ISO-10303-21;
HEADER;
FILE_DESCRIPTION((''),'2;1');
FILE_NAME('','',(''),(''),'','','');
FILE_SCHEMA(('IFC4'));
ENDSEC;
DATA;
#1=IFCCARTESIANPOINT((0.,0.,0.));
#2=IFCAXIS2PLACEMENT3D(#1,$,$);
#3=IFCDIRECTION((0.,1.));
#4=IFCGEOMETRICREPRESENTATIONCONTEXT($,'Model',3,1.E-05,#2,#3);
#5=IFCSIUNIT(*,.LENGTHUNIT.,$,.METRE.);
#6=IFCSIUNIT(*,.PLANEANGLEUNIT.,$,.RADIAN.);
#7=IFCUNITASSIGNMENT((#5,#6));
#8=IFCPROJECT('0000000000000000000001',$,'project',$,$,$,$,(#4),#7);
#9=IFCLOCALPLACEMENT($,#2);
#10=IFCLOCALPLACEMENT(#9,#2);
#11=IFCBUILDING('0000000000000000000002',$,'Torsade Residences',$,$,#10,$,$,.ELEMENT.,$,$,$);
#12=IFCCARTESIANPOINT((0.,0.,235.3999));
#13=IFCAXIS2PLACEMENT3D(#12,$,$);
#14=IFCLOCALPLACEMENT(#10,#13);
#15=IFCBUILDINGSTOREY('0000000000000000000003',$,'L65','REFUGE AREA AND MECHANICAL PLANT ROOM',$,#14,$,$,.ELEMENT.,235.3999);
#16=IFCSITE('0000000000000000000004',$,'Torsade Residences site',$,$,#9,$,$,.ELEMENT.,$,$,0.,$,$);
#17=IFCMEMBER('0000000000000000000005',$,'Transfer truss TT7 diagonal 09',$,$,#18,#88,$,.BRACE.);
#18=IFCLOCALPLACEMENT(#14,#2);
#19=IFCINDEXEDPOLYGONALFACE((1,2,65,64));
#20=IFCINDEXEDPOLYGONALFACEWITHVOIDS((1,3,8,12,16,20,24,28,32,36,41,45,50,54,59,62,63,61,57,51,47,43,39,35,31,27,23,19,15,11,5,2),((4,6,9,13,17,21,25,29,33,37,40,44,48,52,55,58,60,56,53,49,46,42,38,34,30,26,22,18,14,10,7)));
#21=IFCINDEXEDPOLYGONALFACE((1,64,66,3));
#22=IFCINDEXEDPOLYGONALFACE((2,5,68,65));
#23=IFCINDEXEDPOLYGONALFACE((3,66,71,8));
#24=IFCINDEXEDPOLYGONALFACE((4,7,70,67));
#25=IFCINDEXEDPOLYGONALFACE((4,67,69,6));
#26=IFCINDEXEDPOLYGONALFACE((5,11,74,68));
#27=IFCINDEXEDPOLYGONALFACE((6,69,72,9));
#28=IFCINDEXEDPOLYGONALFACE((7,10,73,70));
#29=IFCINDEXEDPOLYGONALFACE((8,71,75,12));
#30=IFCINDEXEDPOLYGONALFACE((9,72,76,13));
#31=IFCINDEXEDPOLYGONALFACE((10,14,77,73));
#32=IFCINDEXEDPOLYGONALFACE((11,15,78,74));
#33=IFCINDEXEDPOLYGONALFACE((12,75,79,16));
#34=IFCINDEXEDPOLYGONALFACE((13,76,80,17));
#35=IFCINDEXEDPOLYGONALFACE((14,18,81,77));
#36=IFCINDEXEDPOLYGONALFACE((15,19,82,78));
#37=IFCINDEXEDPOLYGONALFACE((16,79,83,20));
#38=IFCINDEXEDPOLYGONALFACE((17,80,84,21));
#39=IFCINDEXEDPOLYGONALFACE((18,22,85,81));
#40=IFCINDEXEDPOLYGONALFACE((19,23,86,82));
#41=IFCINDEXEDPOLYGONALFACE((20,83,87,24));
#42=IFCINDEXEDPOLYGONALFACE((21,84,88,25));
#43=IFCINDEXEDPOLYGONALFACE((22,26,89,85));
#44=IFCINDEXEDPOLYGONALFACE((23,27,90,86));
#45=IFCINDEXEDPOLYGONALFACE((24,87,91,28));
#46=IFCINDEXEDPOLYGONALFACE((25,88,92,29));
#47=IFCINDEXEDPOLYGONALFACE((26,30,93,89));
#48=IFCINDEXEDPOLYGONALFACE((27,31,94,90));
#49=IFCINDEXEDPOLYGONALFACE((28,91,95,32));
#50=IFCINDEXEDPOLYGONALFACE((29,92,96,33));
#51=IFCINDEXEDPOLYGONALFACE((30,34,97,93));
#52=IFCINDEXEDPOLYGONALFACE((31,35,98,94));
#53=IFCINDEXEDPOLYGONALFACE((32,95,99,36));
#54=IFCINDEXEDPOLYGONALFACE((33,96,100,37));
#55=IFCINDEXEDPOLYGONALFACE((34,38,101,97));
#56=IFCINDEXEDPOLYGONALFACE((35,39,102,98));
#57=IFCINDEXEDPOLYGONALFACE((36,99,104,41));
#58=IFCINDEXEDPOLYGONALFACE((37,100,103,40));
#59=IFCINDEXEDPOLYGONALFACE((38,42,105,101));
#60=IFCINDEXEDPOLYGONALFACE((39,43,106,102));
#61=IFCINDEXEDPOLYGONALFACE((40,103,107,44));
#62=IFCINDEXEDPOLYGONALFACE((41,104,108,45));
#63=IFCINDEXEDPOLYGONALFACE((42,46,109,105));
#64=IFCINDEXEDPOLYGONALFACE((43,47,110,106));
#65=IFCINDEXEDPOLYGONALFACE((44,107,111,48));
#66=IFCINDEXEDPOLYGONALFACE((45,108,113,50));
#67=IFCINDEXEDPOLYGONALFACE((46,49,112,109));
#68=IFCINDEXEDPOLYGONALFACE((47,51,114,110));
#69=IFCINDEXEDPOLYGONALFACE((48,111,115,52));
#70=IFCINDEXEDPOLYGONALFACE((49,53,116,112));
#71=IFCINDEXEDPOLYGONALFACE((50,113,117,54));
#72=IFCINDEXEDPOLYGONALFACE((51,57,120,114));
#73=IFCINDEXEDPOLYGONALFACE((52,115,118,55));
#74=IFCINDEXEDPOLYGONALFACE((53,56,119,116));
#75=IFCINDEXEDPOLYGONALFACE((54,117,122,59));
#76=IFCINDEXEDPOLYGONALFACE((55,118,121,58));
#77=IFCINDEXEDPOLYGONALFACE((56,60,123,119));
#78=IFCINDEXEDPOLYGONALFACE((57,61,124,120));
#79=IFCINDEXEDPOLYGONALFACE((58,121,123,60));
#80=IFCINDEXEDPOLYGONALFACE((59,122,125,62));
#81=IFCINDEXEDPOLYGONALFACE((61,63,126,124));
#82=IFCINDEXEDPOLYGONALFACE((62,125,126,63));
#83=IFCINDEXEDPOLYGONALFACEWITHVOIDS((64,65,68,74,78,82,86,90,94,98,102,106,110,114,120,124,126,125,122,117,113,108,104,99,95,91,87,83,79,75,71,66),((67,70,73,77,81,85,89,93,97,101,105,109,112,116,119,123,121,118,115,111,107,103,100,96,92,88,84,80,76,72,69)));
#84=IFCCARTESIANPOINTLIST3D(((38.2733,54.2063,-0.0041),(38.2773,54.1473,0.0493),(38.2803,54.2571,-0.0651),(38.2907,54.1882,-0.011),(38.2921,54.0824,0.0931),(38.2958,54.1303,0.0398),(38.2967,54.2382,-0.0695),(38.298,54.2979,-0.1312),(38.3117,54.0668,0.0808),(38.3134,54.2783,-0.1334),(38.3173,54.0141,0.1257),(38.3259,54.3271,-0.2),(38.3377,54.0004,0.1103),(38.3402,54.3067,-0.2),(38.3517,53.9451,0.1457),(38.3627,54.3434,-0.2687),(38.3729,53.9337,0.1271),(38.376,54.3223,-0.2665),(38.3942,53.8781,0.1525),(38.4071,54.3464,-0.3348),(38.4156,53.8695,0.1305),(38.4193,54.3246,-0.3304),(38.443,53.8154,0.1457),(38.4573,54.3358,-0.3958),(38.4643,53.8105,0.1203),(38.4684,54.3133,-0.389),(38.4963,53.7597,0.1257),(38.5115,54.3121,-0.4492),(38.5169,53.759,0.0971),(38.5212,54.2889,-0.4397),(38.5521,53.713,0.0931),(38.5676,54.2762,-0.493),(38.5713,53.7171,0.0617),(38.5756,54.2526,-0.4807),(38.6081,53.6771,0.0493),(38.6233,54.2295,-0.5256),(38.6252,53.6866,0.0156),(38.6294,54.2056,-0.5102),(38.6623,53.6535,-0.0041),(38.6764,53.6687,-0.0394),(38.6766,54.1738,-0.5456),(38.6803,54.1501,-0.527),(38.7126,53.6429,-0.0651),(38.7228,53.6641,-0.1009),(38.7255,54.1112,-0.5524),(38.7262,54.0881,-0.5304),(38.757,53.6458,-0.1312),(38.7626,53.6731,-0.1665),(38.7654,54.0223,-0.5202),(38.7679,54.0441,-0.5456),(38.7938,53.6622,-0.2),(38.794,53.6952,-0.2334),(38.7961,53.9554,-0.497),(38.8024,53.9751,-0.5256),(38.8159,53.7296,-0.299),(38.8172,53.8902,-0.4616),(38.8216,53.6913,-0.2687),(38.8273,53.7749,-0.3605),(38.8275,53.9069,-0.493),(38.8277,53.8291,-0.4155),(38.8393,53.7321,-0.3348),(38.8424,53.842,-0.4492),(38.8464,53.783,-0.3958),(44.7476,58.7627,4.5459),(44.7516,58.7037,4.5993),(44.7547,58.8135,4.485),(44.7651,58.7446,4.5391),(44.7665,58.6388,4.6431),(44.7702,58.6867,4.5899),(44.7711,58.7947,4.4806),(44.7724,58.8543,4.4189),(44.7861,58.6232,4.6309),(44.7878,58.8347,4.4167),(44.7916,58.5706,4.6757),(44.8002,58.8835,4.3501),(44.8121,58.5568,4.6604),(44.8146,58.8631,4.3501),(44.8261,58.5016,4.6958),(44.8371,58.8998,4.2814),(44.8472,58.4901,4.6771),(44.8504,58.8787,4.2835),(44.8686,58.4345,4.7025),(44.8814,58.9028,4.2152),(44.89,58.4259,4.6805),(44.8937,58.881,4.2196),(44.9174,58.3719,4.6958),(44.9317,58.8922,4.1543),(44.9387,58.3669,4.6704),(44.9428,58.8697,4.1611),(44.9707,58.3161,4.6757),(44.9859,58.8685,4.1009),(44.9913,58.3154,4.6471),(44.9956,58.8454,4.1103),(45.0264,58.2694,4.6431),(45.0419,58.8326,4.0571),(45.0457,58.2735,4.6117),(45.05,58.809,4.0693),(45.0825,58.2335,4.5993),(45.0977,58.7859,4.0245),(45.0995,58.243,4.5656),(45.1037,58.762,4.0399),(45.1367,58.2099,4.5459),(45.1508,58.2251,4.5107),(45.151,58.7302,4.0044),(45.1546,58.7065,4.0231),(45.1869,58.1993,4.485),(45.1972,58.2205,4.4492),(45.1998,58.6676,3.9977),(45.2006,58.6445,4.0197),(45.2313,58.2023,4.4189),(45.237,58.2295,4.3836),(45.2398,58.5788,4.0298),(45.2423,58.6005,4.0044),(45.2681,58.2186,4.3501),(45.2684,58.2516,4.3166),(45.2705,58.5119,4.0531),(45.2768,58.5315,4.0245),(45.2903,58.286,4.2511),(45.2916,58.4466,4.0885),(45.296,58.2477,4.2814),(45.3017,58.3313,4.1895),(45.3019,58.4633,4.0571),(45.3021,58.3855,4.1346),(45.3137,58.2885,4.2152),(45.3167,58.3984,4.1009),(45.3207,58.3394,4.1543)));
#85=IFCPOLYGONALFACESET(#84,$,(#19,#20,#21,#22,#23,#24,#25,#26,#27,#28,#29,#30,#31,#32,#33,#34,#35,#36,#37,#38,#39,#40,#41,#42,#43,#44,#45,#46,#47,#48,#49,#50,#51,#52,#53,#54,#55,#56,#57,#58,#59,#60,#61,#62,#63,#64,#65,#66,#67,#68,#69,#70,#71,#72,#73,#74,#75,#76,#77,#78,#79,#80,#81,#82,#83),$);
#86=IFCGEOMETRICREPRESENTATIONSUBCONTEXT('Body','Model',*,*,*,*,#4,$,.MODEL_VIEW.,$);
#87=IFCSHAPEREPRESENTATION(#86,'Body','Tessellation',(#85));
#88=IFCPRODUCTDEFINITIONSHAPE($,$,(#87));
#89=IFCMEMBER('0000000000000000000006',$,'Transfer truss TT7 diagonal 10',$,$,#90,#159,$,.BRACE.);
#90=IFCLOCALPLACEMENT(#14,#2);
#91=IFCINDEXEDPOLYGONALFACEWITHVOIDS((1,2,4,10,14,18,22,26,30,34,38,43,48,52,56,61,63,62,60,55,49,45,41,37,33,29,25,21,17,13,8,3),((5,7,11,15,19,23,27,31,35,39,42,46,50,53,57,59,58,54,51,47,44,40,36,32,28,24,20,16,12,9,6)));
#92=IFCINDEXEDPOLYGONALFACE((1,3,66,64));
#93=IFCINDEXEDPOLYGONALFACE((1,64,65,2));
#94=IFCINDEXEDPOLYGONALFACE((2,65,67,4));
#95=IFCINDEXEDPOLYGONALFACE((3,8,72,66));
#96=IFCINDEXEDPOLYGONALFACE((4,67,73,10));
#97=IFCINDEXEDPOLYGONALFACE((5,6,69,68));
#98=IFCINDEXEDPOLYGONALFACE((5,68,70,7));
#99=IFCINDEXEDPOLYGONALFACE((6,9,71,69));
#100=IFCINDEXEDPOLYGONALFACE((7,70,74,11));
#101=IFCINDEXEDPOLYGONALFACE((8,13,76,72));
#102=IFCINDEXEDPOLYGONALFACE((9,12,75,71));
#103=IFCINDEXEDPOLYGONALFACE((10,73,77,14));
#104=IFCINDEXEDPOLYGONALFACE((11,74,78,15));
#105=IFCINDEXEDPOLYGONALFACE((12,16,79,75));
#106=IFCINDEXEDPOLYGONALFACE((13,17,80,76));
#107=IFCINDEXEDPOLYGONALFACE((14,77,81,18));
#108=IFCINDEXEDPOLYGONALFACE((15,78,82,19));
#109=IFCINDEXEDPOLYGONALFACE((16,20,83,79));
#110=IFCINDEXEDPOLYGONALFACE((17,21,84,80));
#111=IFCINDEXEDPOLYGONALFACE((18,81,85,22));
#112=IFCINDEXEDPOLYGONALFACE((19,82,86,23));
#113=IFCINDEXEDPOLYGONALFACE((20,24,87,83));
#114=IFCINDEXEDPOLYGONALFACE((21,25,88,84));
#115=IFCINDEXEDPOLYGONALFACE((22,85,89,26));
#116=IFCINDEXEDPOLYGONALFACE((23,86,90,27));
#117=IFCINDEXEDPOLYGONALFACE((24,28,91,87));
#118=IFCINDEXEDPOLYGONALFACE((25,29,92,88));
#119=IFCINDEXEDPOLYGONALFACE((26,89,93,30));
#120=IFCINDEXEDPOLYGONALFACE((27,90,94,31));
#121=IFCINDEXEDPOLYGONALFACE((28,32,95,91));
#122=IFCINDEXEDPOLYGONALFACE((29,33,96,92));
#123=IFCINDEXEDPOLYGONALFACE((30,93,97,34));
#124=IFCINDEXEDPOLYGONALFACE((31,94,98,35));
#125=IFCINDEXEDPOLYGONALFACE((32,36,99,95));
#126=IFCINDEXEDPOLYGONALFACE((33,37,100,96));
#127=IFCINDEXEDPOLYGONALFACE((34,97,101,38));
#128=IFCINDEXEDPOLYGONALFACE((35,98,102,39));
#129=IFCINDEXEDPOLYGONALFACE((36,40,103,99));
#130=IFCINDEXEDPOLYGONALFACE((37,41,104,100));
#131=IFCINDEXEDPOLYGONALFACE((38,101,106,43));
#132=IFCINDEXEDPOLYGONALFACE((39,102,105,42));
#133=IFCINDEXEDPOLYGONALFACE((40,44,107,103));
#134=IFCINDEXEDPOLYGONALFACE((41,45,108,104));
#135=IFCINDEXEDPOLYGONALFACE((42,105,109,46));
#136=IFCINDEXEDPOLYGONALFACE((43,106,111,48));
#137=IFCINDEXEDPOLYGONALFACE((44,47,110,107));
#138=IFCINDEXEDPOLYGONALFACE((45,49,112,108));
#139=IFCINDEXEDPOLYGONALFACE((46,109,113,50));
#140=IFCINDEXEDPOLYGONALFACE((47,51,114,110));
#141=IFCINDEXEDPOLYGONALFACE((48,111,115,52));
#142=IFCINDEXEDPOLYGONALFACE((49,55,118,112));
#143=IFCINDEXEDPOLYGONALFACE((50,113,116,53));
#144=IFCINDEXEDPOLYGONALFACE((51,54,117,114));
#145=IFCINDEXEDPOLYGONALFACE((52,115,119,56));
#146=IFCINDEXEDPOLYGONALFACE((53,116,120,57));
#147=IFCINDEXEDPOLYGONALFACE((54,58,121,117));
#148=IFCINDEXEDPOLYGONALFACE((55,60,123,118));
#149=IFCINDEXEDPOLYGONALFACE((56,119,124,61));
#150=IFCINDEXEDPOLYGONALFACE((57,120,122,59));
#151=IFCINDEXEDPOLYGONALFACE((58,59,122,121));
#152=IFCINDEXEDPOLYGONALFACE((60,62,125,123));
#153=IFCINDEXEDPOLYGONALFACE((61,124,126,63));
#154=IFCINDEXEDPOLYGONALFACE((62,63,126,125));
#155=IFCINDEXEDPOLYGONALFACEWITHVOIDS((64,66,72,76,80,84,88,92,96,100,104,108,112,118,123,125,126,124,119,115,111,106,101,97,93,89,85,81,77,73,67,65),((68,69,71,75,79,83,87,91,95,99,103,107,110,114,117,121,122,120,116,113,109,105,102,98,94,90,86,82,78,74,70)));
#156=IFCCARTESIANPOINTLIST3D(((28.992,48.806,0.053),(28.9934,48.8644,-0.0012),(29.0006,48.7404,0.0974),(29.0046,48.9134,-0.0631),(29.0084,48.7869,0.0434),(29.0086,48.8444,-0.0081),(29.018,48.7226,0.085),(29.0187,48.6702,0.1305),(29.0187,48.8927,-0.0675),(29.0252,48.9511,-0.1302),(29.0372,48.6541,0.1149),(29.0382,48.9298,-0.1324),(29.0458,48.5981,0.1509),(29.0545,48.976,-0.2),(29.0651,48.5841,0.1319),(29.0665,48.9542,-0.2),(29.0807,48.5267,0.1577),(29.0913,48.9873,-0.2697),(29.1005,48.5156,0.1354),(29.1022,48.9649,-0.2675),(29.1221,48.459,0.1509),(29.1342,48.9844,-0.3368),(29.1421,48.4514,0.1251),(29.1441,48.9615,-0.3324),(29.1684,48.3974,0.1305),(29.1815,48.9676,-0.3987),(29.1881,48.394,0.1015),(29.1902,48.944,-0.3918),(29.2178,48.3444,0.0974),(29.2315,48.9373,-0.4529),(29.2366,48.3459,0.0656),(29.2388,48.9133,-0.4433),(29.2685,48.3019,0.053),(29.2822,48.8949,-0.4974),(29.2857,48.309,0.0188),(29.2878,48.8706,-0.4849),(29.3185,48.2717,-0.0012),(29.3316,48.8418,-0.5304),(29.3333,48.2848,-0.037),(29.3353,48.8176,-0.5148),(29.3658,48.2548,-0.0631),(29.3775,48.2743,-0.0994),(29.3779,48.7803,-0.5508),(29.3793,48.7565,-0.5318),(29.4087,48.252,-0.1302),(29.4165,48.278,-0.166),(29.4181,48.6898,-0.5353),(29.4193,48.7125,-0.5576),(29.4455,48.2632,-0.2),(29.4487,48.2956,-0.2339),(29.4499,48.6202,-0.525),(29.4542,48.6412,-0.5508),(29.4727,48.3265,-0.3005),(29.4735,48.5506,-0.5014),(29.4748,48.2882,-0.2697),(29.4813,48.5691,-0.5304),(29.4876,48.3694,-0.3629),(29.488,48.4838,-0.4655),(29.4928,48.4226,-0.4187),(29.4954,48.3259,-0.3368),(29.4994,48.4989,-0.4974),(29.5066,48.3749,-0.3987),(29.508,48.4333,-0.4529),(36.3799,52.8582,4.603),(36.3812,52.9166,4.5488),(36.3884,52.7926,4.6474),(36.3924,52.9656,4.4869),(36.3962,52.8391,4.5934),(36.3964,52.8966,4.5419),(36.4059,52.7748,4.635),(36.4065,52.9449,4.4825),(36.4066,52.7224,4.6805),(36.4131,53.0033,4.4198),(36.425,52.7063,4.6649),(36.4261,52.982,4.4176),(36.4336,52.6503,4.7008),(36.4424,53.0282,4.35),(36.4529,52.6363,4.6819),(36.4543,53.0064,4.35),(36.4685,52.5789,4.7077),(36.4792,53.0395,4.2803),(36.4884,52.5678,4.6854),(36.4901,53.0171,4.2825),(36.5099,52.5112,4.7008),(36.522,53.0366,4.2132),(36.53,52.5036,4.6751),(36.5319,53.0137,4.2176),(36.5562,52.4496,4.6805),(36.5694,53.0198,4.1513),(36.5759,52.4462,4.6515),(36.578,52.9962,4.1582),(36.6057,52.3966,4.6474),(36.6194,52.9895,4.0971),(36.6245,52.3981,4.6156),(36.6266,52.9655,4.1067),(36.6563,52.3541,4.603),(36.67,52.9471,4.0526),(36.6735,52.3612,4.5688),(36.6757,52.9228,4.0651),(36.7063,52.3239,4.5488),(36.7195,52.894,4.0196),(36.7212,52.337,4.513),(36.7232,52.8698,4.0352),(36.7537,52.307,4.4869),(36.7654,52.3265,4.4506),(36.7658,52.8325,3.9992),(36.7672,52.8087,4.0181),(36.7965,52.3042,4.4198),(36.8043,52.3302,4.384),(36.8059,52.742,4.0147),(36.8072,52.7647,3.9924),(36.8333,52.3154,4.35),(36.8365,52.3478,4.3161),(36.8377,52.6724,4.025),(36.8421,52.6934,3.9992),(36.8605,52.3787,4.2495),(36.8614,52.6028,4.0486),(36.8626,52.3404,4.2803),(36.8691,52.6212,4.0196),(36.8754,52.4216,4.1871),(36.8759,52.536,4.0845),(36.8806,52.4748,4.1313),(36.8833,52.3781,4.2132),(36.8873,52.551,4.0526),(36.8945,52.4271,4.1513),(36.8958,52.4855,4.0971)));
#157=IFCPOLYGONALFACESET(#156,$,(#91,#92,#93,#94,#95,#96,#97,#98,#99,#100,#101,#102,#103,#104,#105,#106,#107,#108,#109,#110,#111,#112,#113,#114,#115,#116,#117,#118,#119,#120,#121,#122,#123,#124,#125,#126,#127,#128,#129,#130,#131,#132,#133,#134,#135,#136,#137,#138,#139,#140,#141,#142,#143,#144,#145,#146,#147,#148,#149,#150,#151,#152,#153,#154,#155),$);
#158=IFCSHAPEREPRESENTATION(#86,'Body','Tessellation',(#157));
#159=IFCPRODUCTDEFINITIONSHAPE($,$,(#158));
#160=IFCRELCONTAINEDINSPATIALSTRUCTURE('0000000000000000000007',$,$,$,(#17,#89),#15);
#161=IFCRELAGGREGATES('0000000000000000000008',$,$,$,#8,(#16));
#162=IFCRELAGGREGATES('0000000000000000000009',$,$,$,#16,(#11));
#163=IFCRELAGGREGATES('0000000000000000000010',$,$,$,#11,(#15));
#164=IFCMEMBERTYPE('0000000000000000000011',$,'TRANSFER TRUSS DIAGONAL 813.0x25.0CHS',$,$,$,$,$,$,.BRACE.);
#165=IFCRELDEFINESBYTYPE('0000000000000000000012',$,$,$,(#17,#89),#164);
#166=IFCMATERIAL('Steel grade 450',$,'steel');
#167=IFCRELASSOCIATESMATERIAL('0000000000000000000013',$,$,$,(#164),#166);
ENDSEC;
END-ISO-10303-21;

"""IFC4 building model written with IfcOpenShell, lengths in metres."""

from ifc_helpers import new_model, si_unit, direction, frame, origin, origin_2d, place, context, subcontext, project, spatial, hollow_circle, extrude, material, material_profile, profile_set, type_object, element, save


model = new_model("IFC4")

# Units and contexts
model_context = context("Model", 3, precision=1e-05, world=origin(), true_north=direction((0.0, 1.0)))
body_context = subcontext(model_context, "Body", "Model", "MODEL_VIEW")
ifc_project = project(units=[si_unit("LENGTHUNIT", "METRE"), si_unit("PLANEANGLEUNIT", "RADIAN")], contexts=[model_context])

# Site, building, storey
site_placement = place(None, origin())
site = spatial("IfcSite", under=ifc_project, at=site_placement, Name="Torsade Residences site", CompositionType="ELEMENT", RefElevation=0.0)
building_placement = place(site_placement, origin())
building = spatial("IfcBuilding", under=site, at=building_placement, Name="Torsade Residences", CompositionType="ELEMENT")
storey_placement = place(building_placement, frame((0.0, 0.0, 235.3999)))
storey = spatial("IfcBuildingStorey", under=building, at=storey_placement, Name="L65", Description="REFUGE AREA AND MECHANICAL PLANT ROOM", CompositionType="ELEMENT", Elevation=235.3999)

# Members
ifc_material_1 = material(Name="Steel grade 450", Category="steel")
ifc_material_profile_1 = material_profile(ifc_material_1, hollow_circle(Radius=0.4065, WallThickness=0.0249, at=origin_2d()), Name="813.0x25.0CHS")
ifc_profile_set_1 = profile_set([ifc_material_profile_1], Name="Steel grade 450")
member_type_1 = type_object("IfcMemberType", Name="TRANSFER TRUSS DIAGONAL 813.0x25.0CHS", PredefinedType="BRACE", material=ifc_profile_set_1)
member_1_placement = place(storey_placement, frame((38.5598, 53.9946, -0.2), z_axis=(0.709028, 0.498985, 0.49829), x_axis=(-0.575524, 0.817785, 0.0)))
element("IfcMember", 1, at=member_1_placement, inside=storey, type_object=member_type_1, Name="Transfer truss TT7 diagonal 09", PredefinedType="BRACE", context=body_context, shape_type="SweptSolid", body=[
    extrude(hollow_circle(Radius=0.4065, WallThickness=0.0249, at=origin_2d()), origin(), (0.0, 0.0, 1.0), 9.1313),
])
member_2_placement = place(storey_placement, frame((29.25, 48.6196, -0.2), z_axis=(0.771483, 0.423154, 0.475137), x_axis=(-0.480905, 0.876773, 0.0)))
element("IfcMember", 2, at=member_2_placement, inside=storey, type_object=member_type_1, Name="Transfer truss TT7 diagonal 10", PredefinedType="BRACE", context=body_context, shape_type="SweptSolid", body=[
    extrude(hollow_circle(Radius=0.4065, WallThickness=0.0249, at=origin_2d()), origin(), (0.0, 0.0, 1.0), 9.5762),
])

save(model, "model.ifc")
